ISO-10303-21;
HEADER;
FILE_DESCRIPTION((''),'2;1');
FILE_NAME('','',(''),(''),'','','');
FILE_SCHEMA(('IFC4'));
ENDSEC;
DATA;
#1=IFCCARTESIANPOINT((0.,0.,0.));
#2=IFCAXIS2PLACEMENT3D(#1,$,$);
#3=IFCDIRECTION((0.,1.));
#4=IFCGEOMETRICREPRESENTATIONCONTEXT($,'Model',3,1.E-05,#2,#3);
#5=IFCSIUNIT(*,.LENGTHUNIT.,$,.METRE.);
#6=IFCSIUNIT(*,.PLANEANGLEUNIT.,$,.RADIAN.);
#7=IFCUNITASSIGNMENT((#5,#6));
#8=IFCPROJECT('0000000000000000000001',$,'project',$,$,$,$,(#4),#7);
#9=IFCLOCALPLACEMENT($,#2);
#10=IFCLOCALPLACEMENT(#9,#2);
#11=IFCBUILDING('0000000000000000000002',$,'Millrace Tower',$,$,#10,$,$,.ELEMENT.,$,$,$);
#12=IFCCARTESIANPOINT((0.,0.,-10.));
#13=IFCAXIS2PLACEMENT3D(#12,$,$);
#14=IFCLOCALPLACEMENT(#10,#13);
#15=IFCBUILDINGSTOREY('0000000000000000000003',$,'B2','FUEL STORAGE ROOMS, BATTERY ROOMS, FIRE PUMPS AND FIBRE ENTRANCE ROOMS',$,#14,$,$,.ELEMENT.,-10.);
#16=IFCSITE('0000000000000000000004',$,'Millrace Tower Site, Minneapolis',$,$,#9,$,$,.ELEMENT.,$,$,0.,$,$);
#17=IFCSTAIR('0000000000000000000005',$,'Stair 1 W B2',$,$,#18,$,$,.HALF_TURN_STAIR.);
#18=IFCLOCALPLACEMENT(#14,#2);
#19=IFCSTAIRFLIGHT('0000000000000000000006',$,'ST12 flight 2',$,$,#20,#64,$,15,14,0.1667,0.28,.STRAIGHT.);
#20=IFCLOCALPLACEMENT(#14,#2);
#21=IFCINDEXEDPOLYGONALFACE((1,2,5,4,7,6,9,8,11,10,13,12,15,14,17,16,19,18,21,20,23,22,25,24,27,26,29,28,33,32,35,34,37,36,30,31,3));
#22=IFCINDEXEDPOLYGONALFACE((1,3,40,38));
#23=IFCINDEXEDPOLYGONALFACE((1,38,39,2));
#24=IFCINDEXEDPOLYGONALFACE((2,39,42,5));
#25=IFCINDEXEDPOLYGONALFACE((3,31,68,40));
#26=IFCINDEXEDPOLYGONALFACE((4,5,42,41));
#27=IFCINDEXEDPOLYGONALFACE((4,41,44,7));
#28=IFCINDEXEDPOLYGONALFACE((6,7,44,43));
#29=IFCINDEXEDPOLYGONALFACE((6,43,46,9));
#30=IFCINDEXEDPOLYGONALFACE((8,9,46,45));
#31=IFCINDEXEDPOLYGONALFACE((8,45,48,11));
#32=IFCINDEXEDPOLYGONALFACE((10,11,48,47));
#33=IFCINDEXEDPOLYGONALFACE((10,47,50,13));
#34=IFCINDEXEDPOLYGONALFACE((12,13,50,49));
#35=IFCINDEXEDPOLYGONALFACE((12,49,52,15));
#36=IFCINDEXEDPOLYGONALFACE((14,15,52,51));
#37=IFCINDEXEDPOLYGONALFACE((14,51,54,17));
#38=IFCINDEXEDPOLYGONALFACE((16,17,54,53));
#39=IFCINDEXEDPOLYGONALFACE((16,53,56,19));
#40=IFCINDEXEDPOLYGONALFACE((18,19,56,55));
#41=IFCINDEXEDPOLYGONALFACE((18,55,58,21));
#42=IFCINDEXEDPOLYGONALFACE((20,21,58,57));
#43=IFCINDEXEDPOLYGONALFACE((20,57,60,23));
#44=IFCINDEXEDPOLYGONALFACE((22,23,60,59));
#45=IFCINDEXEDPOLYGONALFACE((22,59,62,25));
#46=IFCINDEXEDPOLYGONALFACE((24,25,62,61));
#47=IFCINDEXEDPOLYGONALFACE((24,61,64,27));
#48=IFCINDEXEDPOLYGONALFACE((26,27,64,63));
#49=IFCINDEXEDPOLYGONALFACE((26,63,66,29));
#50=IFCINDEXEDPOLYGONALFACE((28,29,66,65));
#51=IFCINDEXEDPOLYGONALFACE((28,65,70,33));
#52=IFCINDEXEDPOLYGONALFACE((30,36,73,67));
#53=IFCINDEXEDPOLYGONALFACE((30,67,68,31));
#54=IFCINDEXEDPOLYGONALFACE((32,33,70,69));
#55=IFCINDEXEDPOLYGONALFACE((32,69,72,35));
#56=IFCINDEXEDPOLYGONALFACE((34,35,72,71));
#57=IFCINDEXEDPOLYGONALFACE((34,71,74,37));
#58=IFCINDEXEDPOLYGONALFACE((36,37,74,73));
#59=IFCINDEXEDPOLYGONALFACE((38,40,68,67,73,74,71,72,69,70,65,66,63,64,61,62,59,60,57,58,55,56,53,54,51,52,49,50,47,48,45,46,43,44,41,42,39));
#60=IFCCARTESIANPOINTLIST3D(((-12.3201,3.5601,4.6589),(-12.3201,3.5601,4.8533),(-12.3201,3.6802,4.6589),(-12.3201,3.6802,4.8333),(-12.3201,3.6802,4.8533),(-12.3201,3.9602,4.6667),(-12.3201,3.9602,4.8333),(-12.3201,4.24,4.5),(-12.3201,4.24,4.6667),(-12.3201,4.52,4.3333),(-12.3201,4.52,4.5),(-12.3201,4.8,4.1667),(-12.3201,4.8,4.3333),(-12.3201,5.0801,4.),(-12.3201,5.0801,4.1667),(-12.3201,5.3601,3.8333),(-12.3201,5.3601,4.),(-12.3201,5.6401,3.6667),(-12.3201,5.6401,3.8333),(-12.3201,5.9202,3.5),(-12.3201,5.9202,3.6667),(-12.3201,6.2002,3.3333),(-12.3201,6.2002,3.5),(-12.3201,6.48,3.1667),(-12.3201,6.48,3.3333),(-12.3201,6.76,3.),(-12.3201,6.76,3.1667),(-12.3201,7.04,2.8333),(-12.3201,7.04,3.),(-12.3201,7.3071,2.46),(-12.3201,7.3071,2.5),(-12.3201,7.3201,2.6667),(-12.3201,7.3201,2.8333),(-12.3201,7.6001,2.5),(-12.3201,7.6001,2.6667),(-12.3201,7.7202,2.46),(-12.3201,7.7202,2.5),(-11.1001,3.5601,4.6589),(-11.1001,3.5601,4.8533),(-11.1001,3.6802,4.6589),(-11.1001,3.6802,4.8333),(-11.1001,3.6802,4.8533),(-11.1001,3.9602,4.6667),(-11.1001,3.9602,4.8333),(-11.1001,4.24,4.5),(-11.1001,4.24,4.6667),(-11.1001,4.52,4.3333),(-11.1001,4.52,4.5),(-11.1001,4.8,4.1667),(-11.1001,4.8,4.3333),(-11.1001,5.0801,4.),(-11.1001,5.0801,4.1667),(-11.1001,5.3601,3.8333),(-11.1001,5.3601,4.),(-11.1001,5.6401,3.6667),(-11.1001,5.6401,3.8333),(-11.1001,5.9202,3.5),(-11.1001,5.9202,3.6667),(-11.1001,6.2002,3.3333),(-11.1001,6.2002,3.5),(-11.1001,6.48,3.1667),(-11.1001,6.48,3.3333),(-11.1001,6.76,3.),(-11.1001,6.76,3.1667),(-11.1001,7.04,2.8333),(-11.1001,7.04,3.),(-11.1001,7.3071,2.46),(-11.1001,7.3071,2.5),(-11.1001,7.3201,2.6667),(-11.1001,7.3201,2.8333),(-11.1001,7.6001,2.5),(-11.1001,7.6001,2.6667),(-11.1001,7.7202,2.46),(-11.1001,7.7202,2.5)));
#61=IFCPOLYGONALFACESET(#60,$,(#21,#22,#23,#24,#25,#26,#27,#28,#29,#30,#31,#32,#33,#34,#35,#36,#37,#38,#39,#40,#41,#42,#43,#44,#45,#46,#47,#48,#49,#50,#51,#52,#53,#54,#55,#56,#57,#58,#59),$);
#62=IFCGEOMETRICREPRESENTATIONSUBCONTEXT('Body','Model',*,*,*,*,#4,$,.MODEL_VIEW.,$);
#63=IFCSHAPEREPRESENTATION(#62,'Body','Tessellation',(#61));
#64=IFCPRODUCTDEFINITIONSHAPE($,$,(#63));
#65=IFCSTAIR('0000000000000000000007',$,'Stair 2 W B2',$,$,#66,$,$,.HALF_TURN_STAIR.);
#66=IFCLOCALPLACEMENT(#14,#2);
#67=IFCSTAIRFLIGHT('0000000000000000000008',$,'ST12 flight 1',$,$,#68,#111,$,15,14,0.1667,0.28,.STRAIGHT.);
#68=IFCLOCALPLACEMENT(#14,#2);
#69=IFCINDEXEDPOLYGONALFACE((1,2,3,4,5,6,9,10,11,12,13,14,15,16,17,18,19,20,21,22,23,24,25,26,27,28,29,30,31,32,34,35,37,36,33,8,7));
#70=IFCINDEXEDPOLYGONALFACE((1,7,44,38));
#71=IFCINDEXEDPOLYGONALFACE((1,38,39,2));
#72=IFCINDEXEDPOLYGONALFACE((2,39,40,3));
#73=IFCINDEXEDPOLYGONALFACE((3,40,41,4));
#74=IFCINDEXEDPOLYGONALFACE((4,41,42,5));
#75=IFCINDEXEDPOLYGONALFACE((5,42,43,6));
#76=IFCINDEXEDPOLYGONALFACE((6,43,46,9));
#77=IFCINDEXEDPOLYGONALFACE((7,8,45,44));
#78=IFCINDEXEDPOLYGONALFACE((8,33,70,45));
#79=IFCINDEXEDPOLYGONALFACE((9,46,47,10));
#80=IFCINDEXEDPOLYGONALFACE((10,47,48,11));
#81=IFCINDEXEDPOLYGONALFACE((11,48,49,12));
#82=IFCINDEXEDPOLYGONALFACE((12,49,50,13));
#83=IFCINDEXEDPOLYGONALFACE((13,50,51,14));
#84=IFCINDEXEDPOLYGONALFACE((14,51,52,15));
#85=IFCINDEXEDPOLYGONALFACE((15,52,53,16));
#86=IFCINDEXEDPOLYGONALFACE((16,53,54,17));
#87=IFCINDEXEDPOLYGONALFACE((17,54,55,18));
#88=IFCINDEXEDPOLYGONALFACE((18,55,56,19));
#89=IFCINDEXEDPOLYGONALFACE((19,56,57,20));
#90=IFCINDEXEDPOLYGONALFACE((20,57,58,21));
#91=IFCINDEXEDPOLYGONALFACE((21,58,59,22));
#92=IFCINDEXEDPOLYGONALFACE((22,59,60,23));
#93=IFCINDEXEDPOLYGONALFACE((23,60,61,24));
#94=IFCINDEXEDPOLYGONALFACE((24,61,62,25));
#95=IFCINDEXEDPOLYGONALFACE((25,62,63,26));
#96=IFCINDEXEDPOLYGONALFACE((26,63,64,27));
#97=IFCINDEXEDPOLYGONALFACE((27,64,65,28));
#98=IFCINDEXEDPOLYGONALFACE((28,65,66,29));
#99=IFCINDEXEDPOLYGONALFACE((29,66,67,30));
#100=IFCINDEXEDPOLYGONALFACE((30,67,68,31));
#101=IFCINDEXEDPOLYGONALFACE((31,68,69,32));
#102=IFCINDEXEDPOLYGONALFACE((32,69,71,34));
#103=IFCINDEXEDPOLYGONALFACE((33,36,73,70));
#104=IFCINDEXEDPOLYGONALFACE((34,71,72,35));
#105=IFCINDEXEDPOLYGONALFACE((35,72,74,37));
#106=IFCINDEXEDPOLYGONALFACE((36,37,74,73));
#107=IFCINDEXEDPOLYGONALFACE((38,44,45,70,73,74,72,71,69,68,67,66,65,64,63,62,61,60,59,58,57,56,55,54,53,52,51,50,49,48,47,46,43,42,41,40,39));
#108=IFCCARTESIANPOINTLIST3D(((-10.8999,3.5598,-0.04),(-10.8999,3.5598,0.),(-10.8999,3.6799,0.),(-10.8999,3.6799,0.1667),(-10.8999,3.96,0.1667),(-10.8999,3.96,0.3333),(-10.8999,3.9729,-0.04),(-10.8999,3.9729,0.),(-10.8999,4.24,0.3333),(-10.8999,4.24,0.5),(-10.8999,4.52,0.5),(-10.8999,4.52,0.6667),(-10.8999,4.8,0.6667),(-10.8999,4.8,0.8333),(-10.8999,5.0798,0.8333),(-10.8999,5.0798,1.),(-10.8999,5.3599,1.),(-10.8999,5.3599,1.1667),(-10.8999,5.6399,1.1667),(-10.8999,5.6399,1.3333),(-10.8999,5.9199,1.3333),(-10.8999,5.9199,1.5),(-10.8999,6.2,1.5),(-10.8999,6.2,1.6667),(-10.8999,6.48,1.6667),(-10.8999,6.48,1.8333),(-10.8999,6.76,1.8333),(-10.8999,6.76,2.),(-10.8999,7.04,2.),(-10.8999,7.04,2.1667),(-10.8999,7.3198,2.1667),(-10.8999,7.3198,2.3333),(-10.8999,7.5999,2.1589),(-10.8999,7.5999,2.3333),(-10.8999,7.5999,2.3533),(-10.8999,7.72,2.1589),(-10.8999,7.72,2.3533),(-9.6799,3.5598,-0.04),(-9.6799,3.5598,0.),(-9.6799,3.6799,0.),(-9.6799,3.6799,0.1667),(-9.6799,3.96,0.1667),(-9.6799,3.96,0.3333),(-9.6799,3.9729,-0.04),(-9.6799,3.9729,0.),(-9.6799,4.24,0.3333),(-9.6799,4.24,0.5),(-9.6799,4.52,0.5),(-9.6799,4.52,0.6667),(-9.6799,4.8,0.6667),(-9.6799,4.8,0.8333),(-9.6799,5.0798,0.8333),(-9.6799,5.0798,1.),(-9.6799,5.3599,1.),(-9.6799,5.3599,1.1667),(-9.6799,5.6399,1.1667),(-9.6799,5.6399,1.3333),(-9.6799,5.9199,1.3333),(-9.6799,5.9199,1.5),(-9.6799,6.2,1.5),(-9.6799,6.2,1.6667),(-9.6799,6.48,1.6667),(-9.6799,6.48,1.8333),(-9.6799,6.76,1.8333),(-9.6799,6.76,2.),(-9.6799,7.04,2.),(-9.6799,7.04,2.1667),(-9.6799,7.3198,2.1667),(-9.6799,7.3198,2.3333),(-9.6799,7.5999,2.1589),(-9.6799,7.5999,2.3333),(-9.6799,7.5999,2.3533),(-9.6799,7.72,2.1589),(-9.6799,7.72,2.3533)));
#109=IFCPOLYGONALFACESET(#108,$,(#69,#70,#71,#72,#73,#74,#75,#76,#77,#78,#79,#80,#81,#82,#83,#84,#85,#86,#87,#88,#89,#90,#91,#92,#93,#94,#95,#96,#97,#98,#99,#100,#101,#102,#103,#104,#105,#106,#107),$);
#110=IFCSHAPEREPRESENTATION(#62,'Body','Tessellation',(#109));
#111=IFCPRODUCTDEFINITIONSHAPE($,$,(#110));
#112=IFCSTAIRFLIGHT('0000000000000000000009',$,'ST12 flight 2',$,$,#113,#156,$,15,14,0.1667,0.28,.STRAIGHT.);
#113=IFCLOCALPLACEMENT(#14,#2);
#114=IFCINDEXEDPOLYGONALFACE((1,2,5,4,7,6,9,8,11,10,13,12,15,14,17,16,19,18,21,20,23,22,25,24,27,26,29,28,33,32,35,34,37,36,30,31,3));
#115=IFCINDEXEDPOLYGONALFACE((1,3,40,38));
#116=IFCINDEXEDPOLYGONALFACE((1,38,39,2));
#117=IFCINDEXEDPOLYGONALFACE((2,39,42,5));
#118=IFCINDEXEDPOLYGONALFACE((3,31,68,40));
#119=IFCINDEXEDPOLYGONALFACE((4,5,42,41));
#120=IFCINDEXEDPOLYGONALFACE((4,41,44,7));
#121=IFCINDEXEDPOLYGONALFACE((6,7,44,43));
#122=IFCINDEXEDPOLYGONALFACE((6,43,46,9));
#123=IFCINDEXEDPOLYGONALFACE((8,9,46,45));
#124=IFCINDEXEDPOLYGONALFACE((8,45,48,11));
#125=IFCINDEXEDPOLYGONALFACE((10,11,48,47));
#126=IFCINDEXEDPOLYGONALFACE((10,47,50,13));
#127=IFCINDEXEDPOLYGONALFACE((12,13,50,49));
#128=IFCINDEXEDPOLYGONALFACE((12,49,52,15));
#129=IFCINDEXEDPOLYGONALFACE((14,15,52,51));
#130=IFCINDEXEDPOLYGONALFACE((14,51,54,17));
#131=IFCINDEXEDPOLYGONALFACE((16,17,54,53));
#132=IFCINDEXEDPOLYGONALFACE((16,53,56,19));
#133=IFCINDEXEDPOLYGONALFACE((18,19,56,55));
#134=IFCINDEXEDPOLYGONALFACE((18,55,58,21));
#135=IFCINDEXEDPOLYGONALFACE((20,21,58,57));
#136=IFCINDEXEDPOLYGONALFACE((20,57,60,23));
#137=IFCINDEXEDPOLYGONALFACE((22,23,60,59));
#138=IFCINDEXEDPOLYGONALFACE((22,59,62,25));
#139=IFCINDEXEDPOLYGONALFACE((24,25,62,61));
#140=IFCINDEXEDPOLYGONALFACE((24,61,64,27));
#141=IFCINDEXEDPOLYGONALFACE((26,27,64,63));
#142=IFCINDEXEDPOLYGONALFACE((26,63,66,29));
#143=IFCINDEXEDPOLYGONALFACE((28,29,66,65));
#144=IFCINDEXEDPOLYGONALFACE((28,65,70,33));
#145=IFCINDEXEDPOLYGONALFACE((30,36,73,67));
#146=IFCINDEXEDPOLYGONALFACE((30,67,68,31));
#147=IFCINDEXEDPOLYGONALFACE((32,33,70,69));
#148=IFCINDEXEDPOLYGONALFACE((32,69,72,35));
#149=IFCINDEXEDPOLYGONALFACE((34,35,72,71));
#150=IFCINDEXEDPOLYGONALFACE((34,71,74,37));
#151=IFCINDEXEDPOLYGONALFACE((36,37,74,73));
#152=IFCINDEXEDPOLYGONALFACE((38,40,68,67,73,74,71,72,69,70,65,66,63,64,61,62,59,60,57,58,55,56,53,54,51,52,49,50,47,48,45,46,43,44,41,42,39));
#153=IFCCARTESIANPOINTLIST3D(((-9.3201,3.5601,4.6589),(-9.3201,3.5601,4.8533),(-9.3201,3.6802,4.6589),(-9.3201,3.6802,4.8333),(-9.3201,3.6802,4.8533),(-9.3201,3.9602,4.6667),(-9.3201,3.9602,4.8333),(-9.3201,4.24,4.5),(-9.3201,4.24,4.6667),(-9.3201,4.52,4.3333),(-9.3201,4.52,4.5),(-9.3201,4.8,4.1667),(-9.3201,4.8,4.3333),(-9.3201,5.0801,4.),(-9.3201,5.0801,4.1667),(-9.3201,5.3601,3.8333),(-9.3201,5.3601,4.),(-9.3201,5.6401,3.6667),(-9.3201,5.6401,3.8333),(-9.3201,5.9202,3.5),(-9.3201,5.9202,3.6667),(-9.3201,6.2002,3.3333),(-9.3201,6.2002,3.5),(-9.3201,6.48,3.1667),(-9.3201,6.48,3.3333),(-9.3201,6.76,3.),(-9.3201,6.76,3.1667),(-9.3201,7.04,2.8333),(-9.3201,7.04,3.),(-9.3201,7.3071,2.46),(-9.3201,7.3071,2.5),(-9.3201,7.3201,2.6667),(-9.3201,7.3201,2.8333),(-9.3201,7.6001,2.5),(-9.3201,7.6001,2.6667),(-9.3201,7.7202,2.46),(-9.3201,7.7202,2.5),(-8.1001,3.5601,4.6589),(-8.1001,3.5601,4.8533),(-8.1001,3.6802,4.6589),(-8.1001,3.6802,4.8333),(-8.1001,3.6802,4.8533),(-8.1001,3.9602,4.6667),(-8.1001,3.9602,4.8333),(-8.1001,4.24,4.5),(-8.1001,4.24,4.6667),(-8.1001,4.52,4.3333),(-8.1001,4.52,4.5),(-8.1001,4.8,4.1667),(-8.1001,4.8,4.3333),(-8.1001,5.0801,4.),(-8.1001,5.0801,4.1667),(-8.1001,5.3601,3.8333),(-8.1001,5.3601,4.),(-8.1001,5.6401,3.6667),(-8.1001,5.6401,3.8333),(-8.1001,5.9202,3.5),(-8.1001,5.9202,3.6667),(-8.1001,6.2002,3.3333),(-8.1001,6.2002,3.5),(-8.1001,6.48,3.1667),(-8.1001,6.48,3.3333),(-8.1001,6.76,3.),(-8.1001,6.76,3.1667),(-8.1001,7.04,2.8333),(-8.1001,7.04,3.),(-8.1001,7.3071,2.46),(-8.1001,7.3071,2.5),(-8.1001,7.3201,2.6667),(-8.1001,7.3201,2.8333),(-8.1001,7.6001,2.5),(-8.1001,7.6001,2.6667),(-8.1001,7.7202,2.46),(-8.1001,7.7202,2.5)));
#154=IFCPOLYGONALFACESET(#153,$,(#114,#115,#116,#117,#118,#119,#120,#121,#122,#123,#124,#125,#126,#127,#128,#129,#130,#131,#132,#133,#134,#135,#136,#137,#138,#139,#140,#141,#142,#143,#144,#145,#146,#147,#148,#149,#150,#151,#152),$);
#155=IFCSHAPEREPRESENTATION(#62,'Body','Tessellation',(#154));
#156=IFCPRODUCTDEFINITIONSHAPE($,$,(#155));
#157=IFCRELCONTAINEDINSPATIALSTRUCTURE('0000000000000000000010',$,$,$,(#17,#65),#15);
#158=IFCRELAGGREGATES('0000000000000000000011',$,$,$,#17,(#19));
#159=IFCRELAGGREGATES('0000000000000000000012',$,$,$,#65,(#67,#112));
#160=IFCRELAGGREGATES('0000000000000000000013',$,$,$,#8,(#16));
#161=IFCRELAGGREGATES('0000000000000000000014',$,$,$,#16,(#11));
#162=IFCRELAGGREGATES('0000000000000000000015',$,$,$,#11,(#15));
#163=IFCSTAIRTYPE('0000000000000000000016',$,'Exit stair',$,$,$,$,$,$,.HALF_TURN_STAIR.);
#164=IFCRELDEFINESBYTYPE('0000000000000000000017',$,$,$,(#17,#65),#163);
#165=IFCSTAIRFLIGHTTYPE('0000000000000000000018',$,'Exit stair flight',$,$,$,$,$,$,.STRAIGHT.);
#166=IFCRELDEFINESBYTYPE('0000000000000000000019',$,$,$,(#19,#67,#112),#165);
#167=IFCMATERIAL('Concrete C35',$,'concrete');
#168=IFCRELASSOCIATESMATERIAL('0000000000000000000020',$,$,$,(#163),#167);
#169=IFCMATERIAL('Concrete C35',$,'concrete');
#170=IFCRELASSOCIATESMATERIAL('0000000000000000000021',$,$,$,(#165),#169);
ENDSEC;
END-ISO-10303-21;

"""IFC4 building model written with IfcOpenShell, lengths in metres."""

from ifc_helpers import new_model, si_unit, direction, frame, origin, place, context, subcontext, project, spatial, polyline, outline, extrude, material, type_object, element, aggregate, save


model = new_model("IFC4")

# Units and contexts
model_context = context("Model", 3, precision=1e-05, world=origin(), true_north=direction((0.0, 1.0)))
body_context = subcontext(model_context, "Body", "Model", "MODEL_VIEW")
ifc_project = project(units=[si_unit("LENGTHUNIT", "METRE"), si_unit("PLANEANGLEUNIT", "RADIAN")], contexts=[model_context])

# Site, building, storey
site_placement = place(None, origin())
site = spatial("IfcSite", under=ifc_project, at=site_placement, Name="Millrace Tower Site, Minneapolis", CompositionType="ELEMENT", RefElevation=0.0)
building_placement = place(site_placement, origin())
building = spatial("IfcBuilding", under=site, at=building_placement, Name="Millrace Tower", CompositionType="ELEMENT")
storey_placement = place(building_placement, frame((0.0, 0.0, -10.0)))
storey = spatial("IfcBuildingStorey", under=building, at=storey_placement, Name="B2", Description="FUEL STORAGE ROOMS, BATTERY ROOMS, FIRE PUMPS AND FIBRE ENTRANCE ROOMS", CompositionType="ELEMENT", Elevation=-10.0)

# Stair, stair flight
ifc_material_1 = material(Name="Concrete C35", Category="concrete")
stair_type = type_object("IfcStairType", Name="Exit stair", PredefinedType="HALF_TURN_STAIR", material=ifc_material_1)
placement_1 = place(storey_placement, origin())
stair_1 = element("IfcStair", 1, at=placement_1, inside=storey, type_object=stair_type, Name="Stair 1 W B2", PredefinedType="HALF_TURN_STAIR")
ifc_material_2 = material(Name="Concrete C35", Category="concrete")
stair_flight_type = type_object("IfcStairFlightType", Name="Exit stair flight", PredefinedType="STRAIGHT", material=ifc_material_2)
stair_flight_1_placement = place(storey_placement, frame((-11.71, 7.6001, 2.5), z_axis=(0.0, 0.0, 1.0), x_axis=(0.0, -1.0, 0.0)))
stair_flight_1 = element("IfcStairFlight", 2, at=stair_flight_1_placement, type_object=stair_flight_type, Name="ST12 flight 2", NumberOfRisers=15, NumberOfTreads=14, PredefinedType="STRAIGHT", RiserHeight=0.1667, TreadLength=0.28, context=body_context, shape_type="SweptSolid", body=[
    extrude(outline(polyline([(-0.1201, -0.04), (-0.1201, 0.0), (0.0, 0.0), (0.0, 0.1667), (0.28, 0.1667), (0.28, 0.3333), (0.5601, 0.3333), (0.5601, 0.5), (0.8401, 0.5), (0.8401, 0.6667), (1.1201, 0.6667), (1.1201, 0.8333), (1.3999, 0.8333), (1.3999, 1.0), (1.6799, 1.0), (1.6799, 1.1667), (1.96, 1.1667), (1.96, 1.3333), (2.24, 1.3333), (2.24, 1.5), (2.52, 1.5), (2.52, 1.6667), (2.8, 1.6667), (2.8, 1.8333), (3.0801, 1.8333), (3.0801, 2.0), (3.3601, 2.0), (3.3601, 2.1667), (3.6399, 2.1667), (3.6399, 2.3333), (3.9199, 2.3333), (3.9199, 2.3533), (4.04, 2.3533), (4.04, 2.1589), (3.9199, 2.1589), (0.293, 0.0), (0.293, -0.04), (-0.1201, -0.04)])), frame((0.0, 0.6099, 0.0), z_axis=(0.0, -1.0, 0.0), x_axis=(1.0, 0.0, 0.0)), (0.0, 0.0, 1.0), 1.22),
])
aggregate(stair_1, [stair_flight_1])

# Stair, stair flights
stair_2 = element("IfcStair", 3, at=placement_1, inside=storey, type_object=stair_type, Name="Stair 2 W B2", PredefinedType="HALF_TURN_STAIR")
stair_flight_2_placement = place(storey_placement, frame((-10.29, 3.6799, 0.0), z_axis=(0.0, 0.0, 1.0), x_axis=(0.0, 1.0, 0.0)))
stair_flight_2 = element("IfcStairFlight", 4, at=stair_flight_2_placement, type_object=stair_flight_type, Name="ST12 flight 1", NumberOfRisers=15, NumberOfTreads=14, PredefinedType="STRAIGHT", RiserHeight=0.1667, TreadLength=0.28, context=body_context, shape_type="SweptSolid", body=[
    extrude(outline(polyline([(-0.1201, -0.04), (-0.1201, 0.0), (0.0, 0.0), (0.0, 0.1667), (0.28, 0.1667), (0.28, 0.3333), (0.5601, 0.3333), (0.5601, 0.5), (0.8401, 0.5), (0.8401, 0.6667), (1.1201, 0.6667), (1.1201, 0.8333), (1.3999, 0.8333), (1.3999, 1.0), (1.6799, 1.0), (1.6799, 1.1667), (1.96, 1.1667), (1.96, 1.3333), (2.24, 1.3333), (2.24, 1.5), (2.52, 1.5), (2.52, 1.6667), (2.8, 1.6667), (2.8, 1.8333), (3.0801, 1.8333), (3.0801, 2.0), (3.3601, 2.0), (3.3601, 2.1667), (3.6399, 2.1667), (3.6399, 2.3333), (3.9199, 2.3333), (3.9199, 2.3533), (4.04, 2.3533), (4.04, 2.1589), (3.9199, 2.1589), (0.293, 0.0), (0.293, -0.04), (-0.1201, -0.04)])), frame((0.0, 0.6099, 0.0), z_axis=(0.0, -1.0, 0.0), x_axis=(1.0, 0.0, 0.0)), (0.0, 0.0, 1.0), 1.22),
])
stair_flight_3_placement = place(storey_placement, frame((-8.71, 7.6001, 2.5), z_axis=(0.0, 0.0, 1.0), x_axis=(0.0, -1.0, 0.0)))
stair_flight_3 = element("IfcStairFlight", 5, at=stair_flight_3_placement, type_object=stair_flight_type, Name="ST12 flight 2", NumberOfRisers=15, NumberOfTreads=14, PredefinedType="STRAIGHT", RiserHeight=0.1667, TreadLength=0.28, context=body_context, shape_type="SweptSolid", body=[
    extrude(outline(polyline([(-0.1201, -0.04), (-0.1201, 0.0), (0.0, 0.0), (0.0, 0.1667), (0.28, 0.1667), (0.28, 0.3333), (0.5601, 0.3333), (0.5601, 0.5), (0.8401, 0.5), (0.8401, 0.6667), (1.1201, 0.6667), (1.1201, 0.8333), (1.3999, 0.8333), (1.3999, 1.0), (1.6799, 1.0), (1.6799, 1.1667), (1.96, 1.1667), (1.96, 1.3333), (2.24, 1.3333), (2.24, 1.5), (2.52, 1.5), (2.52, 1.6667), (2.8, 1.6667), (2.8, 1.8333), (3.0801, 1.8333), (3.0801, 2.0), (3.3601, 2.0), (3.3601, 2.1667), (3.6399, 2.1667), (3.6399, 2.3333), (3.9199, 2.3333), (3.9199, 2.3533), (4.04, 2.3533), (4.04, 2.1589), (3.9199, 2.1589), (0.293, 0.0), (0.293, -0.04), (-0.1201, -0.04)])), frame((0.0, 0.6099, 0.0), z_axis=(0.0, -1.0, 0.0), x_axis=(1.0, 0.0, 0.0)), (0.0, 0.0, 1.0), 1.22),
])
aggregate(stair_2, [stair_flight_2, stair_flight_3])

save(model, "model.ifc")
